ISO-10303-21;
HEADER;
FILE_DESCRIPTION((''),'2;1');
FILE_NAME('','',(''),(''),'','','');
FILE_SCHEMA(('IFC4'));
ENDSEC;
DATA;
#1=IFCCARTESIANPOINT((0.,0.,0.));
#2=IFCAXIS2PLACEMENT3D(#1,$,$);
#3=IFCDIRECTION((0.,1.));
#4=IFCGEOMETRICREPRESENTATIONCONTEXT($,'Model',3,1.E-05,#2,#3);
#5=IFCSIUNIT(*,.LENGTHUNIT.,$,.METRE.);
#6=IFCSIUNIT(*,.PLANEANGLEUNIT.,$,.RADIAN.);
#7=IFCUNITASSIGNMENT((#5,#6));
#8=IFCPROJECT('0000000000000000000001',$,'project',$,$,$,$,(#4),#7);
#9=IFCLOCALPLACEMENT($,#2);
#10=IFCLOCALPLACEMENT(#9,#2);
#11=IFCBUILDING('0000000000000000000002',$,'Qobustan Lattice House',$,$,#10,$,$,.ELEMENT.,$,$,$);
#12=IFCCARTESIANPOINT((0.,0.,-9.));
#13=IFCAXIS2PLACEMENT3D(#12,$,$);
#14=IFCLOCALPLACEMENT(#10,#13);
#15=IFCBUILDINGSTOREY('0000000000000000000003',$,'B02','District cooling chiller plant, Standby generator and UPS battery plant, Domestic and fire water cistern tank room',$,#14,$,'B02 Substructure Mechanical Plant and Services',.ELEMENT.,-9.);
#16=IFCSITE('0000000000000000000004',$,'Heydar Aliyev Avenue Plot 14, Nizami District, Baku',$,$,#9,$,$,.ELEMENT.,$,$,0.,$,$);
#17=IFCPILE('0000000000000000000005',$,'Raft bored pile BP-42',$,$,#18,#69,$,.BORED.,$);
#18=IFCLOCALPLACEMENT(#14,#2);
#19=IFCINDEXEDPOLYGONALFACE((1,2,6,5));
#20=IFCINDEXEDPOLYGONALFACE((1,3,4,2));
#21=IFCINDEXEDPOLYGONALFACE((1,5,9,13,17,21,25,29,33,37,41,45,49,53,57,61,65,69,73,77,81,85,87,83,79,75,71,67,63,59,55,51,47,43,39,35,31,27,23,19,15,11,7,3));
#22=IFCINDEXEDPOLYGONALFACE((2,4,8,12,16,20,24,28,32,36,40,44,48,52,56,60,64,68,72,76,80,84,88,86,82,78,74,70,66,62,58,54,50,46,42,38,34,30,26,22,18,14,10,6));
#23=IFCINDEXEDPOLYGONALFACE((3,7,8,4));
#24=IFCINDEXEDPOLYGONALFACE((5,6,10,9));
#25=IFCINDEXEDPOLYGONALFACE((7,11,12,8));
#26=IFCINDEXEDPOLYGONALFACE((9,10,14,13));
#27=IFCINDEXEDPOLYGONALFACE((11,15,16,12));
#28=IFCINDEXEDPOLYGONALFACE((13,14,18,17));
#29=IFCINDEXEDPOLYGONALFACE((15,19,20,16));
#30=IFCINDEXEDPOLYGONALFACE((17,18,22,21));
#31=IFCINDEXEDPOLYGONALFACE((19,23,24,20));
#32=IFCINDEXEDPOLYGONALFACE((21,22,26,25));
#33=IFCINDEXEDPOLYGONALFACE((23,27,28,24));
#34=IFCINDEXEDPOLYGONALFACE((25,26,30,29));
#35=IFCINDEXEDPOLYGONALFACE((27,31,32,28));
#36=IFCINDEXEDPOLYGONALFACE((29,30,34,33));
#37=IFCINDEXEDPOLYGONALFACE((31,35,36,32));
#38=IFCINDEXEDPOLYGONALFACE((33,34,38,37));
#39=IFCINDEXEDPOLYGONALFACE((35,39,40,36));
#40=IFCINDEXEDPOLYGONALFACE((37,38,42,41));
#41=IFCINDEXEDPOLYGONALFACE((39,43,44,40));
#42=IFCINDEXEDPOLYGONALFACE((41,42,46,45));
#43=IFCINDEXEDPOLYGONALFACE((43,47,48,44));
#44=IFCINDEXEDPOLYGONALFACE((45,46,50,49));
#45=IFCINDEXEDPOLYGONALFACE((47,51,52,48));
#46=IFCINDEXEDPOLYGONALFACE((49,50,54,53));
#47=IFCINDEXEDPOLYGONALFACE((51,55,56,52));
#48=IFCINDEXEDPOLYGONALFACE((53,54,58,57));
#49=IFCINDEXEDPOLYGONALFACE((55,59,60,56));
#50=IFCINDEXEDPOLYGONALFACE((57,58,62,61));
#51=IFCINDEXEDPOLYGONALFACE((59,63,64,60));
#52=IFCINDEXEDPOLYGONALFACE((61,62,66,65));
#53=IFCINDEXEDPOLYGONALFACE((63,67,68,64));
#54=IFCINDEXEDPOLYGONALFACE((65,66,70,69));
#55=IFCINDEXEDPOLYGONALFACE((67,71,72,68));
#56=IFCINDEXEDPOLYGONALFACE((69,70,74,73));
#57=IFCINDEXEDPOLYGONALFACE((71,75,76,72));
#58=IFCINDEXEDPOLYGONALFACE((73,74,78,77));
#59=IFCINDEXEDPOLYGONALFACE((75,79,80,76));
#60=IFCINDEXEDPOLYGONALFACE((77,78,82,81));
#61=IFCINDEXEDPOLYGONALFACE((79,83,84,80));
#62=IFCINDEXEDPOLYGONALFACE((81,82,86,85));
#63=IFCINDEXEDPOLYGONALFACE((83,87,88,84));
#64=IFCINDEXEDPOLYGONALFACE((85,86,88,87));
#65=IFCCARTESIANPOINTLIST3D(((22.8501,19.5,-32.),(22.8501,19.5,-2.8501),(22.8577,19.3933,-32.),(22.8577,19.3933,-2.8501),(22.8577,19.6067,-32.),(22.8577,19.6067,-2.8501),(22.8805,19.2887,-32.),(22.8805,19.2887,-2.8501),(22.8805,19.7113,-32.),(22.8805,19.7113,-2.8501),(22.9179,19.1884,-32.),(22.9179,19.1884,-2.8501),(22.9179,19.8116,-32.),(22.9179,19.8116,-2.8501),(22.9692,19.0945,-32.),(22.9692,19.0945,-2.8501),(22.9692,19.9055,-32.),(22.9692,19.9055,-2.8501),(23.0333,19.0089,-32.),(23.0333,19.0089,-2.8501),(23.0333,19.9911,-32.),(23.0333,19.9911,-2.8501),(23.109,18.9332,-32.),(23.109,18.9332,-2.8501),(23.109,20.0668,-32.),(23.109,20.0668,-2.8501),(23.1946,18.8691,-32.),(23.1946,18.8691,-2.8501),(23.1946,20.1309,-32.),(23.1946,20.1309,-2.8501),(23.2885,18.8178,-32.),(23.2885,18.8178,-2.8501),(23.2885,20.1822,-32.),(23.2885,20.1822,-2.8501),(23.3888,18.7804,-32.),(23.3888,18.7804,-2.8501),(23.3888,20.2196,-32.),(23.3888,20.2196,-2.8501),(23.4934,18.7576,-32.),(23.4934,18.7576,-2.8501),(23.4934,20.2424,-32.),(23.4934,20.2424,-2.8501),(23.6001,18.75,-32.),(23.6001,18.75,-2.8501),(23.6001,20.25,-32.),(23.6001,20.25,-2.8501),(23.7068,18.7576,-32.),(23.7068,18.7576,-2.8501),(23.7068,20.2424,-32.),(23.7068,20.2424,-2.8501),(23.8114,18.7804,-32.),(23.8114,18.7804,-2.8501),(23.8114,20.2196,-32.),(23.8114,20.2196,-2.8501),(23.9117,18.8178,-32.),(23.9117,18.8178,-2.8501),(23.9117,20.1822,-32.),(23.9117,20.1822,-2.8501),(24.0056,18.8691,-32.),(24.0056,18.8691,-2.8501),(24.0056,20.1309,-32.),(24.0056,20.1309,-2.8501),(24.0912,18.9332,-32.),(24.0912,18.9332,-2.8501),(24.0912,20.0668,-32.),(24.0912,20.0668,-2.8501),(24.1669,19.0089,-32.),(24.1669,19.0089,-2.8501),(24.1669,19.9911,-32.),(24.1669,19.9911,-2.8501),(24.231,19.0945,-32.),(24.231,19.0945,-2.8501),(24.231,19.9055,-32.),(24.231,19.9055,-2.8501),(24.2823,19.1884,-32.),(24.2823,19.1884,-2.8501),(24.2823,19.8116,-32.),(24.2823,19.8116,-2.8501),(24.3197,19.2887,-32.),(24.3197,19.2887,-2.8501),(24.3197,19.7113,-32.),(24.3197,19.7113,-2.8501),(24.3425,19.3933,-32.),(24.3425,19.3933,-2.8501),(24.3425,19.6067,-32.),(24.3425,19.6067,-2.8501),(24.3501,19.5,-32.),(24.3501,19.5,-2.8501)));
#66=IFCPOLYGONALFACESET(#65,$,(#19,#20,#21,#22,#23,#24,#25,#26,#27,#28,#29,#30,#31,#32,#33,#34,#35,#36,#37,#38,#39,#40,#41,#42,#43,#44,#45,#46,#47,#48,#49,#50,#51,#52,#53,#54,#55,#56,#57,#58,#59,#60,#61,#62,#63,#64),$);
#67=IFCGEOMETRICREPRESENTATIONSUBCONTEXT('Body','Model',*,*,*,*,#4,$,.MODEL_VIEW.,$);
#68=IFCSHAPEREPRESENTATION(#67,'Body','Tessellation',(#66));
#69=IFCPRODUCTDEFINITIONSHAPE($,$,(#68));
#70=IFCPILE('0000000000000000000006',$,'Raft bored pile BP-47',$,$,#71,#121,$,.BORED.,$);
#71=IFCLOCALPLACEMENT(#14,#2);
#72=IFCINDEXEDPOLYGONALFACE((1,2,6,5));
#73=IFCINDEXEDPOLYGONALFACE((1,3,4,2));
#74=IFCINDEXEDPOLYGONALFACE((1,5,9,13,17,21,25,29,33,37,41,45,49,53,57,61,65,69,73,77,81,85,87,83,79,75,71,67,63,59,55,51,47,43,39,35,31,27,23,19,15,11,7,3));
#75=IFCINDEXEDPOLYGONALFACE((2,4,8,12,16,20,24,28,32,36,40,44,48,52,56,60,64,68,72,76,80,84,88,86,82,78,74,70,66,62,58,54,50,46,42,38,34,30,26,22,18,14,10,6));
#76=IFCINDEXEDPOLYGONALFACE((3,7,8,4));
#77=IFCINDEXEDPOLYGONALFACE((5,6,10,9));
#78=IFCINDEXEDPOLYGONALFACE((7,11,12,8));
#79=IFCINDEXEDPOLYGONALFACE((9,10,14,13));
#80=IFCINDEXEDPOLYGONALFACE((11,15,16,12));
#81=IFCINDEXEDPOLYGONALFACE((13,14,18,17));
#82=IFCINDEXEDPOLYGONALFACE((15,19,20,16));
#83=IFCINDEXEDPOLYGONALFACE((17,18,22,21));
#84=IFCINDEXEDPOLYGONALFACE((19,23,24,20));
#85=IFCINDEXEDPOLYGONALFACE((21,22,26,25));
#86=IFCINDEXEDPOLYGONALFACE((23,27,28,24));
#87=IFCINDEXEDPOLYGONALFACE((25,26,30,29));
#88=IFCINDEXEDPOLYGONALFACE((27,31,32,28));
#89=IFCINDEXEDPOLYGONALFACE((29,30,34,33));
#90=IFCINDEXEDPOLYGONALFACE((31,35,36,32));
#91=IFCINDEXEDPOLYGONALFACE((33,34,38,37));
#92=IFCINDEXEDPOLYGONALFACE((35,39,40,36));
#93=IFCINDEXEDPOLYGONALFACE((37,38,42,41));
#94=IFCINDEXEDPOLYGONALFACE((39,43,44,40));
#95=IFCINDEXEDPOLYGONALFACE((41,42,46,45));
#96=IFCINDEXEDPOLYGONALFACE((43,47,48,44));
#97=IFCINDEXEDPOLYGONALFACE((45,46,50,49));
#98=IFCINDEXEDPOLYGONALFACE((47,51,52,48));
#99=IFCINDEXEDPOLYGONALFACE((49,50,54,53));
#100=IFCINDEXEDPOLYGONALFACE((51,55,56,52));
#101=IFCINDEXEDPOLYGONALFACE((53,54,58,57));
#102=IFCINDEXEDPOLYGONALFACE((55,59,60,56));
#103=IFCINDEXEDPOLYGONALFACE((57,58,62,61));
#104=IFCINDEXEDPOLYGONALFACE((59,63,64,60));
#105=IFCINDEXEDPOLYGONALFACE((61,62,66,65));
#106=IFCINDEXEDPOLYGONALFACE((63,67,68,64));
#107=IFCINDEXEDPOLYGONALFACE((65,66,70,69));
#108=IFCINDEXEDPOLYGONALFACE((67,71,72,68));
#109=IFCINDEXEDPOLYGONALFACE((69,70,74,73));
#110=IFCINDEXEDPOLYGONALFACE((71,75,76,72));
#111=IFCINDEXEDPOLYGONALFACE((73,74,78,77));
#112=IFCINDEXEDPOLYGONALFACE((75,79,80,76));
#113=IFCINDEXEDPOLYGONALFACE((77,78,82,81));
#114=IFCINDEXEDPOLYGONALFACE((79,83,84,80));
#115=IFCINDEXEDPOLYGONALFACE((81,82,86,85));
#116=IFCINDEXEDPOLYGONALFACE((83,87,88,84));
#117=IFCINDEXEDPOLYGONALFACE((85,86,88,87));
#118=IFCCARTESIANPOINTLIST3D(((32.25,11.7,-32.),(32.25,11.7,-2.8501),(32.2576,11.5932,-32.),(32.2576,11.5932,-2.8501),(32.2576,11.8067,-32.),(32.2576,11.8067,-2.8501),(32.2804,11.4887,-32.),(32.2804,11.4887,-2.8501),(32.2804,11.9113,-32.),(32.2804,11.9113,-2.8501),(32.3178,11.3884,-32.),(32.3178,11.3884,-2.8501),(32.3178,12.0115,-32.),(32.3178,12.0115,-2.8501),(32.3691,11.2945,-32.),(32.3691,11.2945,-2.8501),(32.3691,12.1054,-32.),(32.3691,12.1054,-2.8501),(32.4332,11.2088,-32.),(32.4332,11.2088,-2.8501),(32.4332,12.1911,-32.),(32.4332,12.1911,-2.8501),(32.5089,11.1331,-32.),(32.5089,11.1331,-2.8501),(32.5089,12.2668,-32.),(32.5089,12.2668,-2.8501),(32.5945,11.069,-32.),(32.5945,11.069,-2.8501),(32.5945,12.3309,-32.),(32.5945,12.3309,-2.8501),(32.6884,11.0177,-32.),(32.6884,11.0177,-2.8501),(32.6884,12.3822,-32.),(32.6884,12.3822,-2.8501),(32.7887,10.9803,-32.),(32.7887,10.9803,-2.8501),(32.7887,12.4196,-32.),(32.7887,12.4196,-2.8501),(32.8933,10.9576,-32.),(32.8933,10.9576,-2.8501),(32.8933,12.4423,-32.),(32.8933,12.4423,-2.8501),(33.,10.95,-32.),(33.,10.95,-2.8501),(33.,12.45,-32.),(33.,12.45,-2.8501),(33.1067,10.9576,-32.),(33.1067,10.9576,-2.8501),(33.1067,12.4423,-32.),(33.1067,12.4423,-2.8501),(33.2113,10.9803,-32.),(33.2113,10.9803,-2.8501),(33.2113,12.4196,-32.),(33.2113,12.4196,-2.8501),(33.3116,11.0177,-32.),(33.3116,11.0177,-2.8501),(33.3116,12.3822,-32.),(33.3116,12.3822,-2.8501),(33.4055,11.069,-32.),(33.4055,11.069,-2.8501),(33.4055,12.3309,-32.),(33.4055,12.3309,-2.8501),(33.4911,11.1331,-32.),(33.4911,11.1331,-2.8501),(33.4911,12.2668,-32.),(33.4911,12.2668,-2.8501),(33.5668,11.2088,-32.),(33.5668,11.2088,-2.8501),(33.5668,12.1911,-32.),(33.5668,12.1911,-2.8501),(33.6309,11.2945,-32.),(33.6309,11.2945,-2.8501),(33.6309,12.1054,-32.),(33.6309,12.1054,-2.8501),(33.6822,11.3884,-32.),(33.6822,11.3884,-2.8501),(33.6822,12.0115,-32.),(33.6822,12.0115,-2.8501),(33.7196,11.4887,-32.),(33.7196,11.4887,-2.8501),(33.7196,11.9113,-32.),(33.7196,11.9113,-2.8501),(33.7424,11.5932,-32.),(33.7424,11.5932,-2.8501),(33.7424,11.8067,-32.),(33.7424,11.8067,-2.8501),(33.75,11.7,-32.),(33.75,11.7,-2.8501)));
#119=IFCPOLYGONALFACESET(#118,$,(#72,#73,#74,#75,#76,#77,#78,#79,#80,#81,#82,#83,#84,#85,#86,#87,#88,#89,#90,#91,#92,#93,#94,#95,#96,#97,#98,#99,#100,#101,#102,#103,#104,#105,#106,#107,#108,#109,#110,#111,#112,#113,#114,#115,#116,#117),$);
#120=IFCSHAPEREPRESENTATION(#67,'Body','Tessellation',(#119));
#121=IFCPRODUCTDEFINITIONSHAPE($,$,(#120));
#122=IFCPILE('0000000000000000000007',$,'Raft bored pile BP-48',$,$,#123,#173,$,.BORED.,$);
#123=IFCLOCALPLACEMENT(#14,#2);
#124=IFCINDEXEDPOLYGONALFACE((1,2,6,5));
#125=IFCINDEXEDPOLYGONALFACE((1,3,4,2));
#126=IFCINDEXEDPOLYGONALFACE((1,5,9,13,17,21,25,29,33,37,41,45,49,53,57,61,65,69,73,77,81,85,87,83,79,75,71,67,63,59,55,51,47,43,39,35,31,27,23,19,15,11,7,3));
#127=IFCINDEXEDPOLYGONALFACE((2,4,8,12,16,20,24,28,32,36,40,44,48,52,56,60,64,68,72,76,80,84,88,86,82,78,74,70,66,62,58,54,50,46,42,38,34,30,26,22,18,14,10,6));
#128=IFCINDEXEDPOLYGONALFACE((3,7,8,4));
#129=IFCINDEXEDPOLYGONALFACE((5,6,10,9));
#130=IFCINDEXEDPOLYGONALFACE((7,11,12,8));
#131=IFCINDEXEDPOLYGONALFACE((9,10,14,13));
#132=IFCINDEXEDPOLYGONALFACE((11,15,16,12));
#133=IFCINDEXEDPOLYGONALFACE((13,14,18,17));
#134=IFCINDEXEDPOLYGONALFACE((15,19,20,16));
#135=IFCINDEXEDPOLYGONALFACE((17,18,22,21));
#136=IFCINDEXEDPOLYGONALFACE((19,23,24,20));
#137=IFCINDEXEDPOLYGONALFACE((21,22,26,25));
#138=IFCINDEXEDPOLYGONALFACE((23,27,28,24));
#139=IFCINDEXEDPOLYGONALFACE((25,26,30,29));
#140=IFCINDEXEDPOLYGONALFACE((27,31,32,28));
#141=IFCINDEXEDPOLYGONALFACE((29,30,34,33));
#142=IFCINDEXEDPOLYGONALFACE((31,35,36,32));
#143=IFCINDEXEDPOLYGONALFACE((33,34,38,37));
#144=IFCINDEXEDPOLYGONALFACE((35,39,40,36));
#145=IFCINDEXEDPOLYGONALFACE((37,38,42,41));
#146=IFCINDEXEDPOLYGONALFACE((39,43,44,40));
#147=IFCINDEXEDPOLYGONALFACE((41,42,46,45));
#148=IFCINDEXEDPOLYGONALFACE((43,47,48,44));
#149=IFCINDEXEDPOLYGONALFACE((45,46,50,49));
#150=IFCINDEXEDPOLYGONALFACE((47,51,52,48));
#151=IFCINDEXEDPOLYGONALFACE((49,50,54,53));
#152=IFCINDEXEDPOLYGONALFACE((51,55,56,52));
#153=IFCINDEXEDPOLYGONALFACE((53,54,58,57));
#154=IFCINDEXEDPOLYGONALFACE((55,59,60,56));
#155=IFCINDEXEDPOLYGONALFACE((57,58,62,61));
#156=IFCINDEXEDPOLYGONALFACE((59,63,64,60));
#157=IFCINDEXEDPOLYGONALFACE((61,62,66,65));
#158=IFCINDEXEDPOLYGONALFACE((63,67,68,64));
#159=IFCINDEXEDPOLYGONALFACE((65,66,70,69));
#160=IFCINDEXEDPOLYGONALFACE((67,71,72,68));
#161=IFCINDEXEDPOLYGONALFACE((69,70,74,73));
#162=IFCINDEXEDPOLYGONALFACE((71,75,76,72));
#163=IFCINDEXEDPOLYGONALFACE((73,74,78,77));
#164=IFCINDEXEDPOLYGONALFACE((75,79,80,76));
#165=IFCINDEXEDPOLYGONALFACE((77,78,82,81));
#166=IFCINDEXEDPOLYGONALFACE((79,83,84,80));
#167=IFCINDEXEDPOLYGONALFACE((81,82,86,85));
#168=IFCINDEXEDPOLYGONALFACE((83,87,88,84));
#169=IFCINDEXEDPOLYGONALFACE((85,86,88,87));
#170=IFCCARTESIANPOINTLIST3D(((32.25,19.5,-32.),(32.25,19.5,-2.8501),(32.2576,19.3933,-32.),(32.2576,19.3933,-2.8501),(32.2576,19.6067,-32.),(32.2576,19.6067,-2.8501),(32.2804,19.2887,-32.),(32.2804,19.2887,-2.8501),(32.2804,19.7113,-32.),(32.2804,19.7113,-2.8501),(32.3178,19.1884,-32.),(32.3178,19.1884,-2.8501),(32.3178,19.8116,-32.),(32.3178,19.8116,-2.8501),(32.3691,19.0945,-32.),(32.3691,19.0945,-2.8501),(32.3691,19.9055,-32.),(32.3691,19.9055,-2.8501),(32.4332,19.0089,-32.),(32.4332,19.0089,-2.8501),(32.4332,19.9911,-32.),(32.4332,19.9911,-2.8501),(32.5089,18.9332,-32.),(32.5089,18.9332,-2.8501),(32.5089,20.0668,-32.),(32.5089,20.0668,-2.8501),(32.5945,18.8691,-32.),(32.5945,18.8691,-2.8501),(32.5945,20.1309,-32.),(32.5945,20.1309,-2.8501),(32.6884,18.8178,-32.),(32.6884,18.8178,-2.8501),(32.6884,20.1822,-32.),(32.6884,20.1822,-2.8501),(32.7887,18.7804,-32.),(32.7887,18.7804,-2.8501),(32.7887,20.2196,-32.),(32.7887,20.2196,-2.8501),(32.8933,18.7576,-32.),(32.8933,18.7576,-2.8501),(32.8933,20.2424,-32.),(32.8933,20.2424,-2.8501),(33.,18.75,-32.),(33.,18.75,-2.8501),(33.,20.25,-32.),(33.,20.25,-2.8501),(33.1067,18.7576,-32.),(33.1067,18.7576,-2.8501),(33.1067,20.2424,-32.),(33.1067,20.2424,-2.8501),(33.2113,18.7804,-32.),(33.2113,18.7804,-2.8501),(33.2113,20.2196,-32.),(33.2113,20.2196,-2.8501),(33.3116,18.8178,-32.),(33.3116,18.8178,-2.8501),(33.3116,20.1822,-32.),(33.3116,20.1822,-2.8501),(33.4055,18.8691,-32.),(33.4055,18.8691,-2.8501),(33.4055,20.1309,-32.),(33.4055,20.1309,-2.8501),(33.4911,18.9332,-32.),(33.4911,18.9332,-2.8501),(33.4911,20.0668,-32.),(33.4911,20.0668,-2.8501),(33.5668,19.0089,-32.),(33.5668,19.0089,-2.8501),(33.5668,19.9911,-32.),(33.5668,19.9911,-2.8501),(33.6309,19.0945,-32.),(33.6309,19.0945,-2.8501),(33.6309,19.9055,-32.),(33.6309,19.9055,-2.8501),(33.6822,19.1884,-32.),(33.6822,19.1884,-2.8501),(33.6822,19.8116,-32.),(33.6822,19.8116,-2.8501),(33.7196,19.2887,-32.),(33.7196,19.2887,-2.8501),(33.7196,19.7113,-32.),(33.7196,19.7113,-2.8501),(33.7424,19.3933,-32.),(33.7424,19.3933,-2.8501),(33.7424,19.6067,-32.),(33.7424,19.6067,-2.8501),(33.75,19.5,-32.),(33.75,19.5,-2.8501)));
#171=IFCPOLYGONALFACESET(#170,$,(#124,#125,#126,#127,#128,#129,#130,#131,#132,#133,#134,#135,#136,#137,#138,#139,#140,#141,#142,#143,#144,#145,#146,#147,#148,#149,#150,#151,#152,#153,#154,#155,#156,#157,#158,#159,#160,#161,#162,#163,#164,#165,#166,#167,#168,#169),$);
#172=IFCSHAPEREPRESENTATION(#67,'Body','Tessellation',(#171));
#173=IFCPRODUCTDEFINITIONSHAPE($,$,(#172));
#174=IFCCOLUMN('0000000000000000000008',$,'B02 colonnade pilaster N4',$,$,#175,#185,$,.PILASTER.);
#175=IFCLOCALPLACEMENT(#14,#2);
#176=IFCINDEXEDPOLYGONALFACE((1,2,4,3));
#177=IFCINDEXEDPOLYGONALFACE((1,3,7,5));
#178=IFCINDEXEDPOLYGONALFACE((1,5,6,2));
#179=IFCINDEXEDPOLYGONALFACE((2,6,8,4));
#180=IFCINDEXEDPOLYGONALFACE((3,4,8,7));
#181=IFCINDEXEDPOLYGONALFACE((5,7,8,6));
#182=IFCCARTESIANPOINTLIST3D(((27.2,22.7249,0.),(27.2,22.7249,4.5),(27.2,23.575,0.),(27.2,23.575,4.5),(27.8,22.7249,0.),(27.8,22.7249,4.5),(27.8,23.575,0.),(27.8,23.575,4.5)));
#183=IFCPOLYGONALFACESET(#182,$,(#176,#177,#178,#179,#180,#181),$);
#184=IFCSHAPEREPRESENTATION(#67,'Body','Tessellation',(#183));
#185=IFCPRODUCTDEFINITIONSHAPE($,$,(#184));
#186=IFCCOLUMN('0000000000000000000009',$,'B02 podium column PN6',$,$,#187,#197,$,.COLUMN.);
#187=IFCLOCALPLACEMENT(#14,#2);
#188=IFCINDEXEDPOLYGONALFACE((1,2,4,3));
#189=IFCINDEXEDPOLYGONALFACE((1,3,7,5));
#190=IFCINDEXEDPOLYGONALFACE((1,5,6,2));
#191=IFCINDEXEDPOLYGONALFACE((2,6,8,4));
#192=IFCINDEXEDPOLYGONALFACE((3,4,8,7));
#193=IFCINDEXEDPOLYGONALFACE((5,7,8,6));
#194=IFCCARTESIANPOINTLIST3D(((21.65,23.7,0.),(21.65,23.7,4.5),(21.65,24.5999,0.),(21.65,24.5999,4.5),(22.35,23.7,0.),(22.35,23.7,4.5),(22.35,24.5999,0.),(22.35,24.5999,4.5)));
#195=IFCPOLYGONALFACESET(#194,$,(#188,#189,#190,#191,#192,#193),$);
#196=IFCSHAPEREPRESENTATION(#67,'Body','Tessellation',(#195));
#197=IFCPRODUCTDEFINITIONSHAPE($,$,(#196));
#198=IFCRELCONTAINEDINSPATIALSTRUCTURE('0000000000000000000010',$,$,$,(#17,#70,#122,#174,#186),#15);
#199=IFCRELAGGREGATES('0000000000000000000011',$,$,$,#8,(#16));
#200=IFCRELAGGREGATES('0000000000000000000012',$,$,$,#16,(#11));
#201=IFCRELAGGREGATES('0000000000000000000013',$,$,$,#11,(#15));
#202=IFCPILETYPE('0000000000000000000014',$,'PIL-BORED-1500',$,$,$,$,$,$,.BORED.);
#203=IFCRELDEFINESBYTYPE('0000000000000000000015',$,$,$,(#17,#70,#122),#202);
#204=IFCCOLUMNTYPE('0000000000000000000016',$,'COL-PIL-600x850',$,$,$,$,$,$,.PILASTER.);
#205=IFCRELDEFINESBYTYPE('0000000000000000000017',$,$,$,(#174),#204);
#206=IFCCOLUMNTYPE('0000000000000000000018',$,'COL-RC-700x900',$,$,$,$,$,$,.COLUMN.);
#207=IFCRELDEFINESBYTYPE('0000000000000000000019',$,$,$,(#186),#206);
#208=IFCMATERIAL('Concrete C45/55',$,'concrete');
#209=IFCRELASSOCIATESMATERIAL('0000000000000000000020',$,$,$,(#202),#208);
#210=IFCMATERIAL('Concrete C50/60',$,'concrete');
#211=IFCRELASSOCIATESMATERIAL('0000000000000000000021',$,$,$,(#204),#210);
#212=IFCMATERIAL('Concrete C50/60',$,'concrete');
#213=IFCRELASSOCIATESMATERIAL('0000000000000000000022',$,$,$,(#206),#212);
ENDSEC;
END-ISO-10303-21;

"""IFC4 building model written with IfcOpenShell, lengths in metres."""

from ifc_helpers import new_model, si_unit, direction, frame, origin, origin_2d, place, context, subcontext, project, spatial, rectangle, circle, extrude, material, material_profile, profile_set, type_object, element, save


model = new_model("IFC4")

# Units and contexts
model_context = context("Model", 3, precision=1e-05, world=origin(), true_north=direction((0.0, 1.0)))
body_context = subcontext(model_context, "Body", "Model", "MODEL_VIEW")
ifc_project = project(units=[si_unit("LENGTHUNIT", "METRE"), si_unit("PLANEANGLEUNIT", "RADIAN")], contexts=[model_context])

# Site, building, storey
site_placement = place(None, origin())
site = spatial("IfcSite", under=ifc_project, at=site_placement, Name="Heydar Aliyev Avenue Plot 14, Nizami District, Baku", CompositionType="ELEMENT", RefElevation=0.0)
building_placement = place(site_placement, origin())
building = spatial("IfcBuilding", under=site, at=building_placement, Name="Qobustan Lattice House", CompositionType="ELEMENT")
storey_placement = place(building_placement, frame((0.0, 0.0, -9.0)))
storey = spatial("IfcBuildingStorey", under=building, at=storey_placement, Name="B02", Description="District cooling chiller plant, Standby generator and UPS battery plant, Domestic and fire water cistern tank room", LongName="B02 Substructure Mechanical Plant and Services", CompositionType="ELEMENT", Elevation=-9.0)

# Piles
ifc_material_1 = material(Name="Concrete C45/55", Category="concrete")
ifc_material_profile_1 = material_profile(ifc_material_1, circle(Radius=0.75, at=origin_2d()), Name="PILE-D1500")
ifc_profile_set_1 = profile_set([ifc_material_profile_1], Name="Concrete C45/55")
pile_type = type_object("IfcPileType", Name="PIL-BORED-1500", PredefinedType="BORED", material=ifc_profile_set_1)
for number, where, z_axis, x_axis, name in (
    (1, (23.6001, 19.5, -2.8501), (0.0, 0.0, -1.0), (1.0, 0.0, 0.0), "Raft bored pile BP-42"),
    (2, (33.0, 11.7, -2.8501), (0.0, 0.0, -1.0), (1.0, 0.0, 0.0), "Raft bored pile BP-47"),
    (3, (33.0, 19.5, -2.8501), (0.0, 0.0, -1.0), (1.0, 0.0, 0.0), "Raft bored pile BP-48"),
):
    element("IfcPile", number, at=place(storey_placement, frame(where, z_axis=z_axis, x_axis=x_axis)), inside=storey, type_object=pile_type, Name=name, PredefinedType="BORED", context=body_context, shape_type="SweptSolid", body=[
        extrude(circle(Radius=0.75, at=origin_2d()), origin(), (0.0, 0.0, 1.0), 29.1499),
    ])

# Columns
ifc_material_2 = material(Name="Concrete C50/60", Category="concrete")
ifc_material_profile_2 = material_profile(ifc_material_2, rectangle(XDim=0.6001, YDim=0.8501, at=origin_2d()), Name="RC600x850")
ifc_profile_set_2 = profile_set([ifc_material_profile_2], Name="Concrete C50/60")
column_type_1 = type_object("IfcColumnType", Name="COL-PIL-600x850", PredefinedType="PILASTER", material=ifc_profile_set_2)
column_placement = place(storey_placement, frame((27.5, 23.1499, 0.0), z_axis=(0.0, 0.0, 1.0), x_axis=(1.0, 0.0, 0.0)))
element("IfcColumn", 4, at=column_placement, inside=storey, type_object=column_type_1, Name="B02 colonnade pilaster N4", PredefinedType="PILASTER", context=body_context, shape_type="SweptSolid", body=[
    extrude(rectangle(XDim=0.6001, YDim=0.8501, at=origin_2d()), origin(), (0.0, 0.0, 1.0), 4.5),
])
ifc_material_3 = material(Name="Concrete C50/60", Category="concrete")
ifc_material_profile_3 = material_profile(ifc_material_3, rectangle(XDim=0.7, YDim=0.8999, at=origin_2d()), Name="RC700x900")
ifc_profile_set_3 = profile_set([ifc_material_profile_3], Name="Concrete C50/60")
column_type_2 = type_object("IfcColumnType", Name="COL-RC-700x900", PredefinedType="COLUMN", material=ifc_profile_set_3)
for number, where, z_axis, x_axis, name in (
    (5, (22.0, 24.1499, 0.0), (0.0, 0.0, 1.0), (1.0, 0.0, 0.0), "B02 podium column PN6"),
):
    element("IfcColumn", number, at=place(storey_placement, frame(where, z_axis=z_axis, x_axis=x_axis)), inside=storey, type_object=column_type_2, Name=name, PredefinedType="COLUMN", context=body_context, shape_type="SweptSolid", body=[
        extrude(rectangle(XDim=0.7, YDim=0.8999, at=origin_2d()), origin(), (0.0, 0.0, 1.0), 4.5),
    ])

save(model, "model.ifc")
